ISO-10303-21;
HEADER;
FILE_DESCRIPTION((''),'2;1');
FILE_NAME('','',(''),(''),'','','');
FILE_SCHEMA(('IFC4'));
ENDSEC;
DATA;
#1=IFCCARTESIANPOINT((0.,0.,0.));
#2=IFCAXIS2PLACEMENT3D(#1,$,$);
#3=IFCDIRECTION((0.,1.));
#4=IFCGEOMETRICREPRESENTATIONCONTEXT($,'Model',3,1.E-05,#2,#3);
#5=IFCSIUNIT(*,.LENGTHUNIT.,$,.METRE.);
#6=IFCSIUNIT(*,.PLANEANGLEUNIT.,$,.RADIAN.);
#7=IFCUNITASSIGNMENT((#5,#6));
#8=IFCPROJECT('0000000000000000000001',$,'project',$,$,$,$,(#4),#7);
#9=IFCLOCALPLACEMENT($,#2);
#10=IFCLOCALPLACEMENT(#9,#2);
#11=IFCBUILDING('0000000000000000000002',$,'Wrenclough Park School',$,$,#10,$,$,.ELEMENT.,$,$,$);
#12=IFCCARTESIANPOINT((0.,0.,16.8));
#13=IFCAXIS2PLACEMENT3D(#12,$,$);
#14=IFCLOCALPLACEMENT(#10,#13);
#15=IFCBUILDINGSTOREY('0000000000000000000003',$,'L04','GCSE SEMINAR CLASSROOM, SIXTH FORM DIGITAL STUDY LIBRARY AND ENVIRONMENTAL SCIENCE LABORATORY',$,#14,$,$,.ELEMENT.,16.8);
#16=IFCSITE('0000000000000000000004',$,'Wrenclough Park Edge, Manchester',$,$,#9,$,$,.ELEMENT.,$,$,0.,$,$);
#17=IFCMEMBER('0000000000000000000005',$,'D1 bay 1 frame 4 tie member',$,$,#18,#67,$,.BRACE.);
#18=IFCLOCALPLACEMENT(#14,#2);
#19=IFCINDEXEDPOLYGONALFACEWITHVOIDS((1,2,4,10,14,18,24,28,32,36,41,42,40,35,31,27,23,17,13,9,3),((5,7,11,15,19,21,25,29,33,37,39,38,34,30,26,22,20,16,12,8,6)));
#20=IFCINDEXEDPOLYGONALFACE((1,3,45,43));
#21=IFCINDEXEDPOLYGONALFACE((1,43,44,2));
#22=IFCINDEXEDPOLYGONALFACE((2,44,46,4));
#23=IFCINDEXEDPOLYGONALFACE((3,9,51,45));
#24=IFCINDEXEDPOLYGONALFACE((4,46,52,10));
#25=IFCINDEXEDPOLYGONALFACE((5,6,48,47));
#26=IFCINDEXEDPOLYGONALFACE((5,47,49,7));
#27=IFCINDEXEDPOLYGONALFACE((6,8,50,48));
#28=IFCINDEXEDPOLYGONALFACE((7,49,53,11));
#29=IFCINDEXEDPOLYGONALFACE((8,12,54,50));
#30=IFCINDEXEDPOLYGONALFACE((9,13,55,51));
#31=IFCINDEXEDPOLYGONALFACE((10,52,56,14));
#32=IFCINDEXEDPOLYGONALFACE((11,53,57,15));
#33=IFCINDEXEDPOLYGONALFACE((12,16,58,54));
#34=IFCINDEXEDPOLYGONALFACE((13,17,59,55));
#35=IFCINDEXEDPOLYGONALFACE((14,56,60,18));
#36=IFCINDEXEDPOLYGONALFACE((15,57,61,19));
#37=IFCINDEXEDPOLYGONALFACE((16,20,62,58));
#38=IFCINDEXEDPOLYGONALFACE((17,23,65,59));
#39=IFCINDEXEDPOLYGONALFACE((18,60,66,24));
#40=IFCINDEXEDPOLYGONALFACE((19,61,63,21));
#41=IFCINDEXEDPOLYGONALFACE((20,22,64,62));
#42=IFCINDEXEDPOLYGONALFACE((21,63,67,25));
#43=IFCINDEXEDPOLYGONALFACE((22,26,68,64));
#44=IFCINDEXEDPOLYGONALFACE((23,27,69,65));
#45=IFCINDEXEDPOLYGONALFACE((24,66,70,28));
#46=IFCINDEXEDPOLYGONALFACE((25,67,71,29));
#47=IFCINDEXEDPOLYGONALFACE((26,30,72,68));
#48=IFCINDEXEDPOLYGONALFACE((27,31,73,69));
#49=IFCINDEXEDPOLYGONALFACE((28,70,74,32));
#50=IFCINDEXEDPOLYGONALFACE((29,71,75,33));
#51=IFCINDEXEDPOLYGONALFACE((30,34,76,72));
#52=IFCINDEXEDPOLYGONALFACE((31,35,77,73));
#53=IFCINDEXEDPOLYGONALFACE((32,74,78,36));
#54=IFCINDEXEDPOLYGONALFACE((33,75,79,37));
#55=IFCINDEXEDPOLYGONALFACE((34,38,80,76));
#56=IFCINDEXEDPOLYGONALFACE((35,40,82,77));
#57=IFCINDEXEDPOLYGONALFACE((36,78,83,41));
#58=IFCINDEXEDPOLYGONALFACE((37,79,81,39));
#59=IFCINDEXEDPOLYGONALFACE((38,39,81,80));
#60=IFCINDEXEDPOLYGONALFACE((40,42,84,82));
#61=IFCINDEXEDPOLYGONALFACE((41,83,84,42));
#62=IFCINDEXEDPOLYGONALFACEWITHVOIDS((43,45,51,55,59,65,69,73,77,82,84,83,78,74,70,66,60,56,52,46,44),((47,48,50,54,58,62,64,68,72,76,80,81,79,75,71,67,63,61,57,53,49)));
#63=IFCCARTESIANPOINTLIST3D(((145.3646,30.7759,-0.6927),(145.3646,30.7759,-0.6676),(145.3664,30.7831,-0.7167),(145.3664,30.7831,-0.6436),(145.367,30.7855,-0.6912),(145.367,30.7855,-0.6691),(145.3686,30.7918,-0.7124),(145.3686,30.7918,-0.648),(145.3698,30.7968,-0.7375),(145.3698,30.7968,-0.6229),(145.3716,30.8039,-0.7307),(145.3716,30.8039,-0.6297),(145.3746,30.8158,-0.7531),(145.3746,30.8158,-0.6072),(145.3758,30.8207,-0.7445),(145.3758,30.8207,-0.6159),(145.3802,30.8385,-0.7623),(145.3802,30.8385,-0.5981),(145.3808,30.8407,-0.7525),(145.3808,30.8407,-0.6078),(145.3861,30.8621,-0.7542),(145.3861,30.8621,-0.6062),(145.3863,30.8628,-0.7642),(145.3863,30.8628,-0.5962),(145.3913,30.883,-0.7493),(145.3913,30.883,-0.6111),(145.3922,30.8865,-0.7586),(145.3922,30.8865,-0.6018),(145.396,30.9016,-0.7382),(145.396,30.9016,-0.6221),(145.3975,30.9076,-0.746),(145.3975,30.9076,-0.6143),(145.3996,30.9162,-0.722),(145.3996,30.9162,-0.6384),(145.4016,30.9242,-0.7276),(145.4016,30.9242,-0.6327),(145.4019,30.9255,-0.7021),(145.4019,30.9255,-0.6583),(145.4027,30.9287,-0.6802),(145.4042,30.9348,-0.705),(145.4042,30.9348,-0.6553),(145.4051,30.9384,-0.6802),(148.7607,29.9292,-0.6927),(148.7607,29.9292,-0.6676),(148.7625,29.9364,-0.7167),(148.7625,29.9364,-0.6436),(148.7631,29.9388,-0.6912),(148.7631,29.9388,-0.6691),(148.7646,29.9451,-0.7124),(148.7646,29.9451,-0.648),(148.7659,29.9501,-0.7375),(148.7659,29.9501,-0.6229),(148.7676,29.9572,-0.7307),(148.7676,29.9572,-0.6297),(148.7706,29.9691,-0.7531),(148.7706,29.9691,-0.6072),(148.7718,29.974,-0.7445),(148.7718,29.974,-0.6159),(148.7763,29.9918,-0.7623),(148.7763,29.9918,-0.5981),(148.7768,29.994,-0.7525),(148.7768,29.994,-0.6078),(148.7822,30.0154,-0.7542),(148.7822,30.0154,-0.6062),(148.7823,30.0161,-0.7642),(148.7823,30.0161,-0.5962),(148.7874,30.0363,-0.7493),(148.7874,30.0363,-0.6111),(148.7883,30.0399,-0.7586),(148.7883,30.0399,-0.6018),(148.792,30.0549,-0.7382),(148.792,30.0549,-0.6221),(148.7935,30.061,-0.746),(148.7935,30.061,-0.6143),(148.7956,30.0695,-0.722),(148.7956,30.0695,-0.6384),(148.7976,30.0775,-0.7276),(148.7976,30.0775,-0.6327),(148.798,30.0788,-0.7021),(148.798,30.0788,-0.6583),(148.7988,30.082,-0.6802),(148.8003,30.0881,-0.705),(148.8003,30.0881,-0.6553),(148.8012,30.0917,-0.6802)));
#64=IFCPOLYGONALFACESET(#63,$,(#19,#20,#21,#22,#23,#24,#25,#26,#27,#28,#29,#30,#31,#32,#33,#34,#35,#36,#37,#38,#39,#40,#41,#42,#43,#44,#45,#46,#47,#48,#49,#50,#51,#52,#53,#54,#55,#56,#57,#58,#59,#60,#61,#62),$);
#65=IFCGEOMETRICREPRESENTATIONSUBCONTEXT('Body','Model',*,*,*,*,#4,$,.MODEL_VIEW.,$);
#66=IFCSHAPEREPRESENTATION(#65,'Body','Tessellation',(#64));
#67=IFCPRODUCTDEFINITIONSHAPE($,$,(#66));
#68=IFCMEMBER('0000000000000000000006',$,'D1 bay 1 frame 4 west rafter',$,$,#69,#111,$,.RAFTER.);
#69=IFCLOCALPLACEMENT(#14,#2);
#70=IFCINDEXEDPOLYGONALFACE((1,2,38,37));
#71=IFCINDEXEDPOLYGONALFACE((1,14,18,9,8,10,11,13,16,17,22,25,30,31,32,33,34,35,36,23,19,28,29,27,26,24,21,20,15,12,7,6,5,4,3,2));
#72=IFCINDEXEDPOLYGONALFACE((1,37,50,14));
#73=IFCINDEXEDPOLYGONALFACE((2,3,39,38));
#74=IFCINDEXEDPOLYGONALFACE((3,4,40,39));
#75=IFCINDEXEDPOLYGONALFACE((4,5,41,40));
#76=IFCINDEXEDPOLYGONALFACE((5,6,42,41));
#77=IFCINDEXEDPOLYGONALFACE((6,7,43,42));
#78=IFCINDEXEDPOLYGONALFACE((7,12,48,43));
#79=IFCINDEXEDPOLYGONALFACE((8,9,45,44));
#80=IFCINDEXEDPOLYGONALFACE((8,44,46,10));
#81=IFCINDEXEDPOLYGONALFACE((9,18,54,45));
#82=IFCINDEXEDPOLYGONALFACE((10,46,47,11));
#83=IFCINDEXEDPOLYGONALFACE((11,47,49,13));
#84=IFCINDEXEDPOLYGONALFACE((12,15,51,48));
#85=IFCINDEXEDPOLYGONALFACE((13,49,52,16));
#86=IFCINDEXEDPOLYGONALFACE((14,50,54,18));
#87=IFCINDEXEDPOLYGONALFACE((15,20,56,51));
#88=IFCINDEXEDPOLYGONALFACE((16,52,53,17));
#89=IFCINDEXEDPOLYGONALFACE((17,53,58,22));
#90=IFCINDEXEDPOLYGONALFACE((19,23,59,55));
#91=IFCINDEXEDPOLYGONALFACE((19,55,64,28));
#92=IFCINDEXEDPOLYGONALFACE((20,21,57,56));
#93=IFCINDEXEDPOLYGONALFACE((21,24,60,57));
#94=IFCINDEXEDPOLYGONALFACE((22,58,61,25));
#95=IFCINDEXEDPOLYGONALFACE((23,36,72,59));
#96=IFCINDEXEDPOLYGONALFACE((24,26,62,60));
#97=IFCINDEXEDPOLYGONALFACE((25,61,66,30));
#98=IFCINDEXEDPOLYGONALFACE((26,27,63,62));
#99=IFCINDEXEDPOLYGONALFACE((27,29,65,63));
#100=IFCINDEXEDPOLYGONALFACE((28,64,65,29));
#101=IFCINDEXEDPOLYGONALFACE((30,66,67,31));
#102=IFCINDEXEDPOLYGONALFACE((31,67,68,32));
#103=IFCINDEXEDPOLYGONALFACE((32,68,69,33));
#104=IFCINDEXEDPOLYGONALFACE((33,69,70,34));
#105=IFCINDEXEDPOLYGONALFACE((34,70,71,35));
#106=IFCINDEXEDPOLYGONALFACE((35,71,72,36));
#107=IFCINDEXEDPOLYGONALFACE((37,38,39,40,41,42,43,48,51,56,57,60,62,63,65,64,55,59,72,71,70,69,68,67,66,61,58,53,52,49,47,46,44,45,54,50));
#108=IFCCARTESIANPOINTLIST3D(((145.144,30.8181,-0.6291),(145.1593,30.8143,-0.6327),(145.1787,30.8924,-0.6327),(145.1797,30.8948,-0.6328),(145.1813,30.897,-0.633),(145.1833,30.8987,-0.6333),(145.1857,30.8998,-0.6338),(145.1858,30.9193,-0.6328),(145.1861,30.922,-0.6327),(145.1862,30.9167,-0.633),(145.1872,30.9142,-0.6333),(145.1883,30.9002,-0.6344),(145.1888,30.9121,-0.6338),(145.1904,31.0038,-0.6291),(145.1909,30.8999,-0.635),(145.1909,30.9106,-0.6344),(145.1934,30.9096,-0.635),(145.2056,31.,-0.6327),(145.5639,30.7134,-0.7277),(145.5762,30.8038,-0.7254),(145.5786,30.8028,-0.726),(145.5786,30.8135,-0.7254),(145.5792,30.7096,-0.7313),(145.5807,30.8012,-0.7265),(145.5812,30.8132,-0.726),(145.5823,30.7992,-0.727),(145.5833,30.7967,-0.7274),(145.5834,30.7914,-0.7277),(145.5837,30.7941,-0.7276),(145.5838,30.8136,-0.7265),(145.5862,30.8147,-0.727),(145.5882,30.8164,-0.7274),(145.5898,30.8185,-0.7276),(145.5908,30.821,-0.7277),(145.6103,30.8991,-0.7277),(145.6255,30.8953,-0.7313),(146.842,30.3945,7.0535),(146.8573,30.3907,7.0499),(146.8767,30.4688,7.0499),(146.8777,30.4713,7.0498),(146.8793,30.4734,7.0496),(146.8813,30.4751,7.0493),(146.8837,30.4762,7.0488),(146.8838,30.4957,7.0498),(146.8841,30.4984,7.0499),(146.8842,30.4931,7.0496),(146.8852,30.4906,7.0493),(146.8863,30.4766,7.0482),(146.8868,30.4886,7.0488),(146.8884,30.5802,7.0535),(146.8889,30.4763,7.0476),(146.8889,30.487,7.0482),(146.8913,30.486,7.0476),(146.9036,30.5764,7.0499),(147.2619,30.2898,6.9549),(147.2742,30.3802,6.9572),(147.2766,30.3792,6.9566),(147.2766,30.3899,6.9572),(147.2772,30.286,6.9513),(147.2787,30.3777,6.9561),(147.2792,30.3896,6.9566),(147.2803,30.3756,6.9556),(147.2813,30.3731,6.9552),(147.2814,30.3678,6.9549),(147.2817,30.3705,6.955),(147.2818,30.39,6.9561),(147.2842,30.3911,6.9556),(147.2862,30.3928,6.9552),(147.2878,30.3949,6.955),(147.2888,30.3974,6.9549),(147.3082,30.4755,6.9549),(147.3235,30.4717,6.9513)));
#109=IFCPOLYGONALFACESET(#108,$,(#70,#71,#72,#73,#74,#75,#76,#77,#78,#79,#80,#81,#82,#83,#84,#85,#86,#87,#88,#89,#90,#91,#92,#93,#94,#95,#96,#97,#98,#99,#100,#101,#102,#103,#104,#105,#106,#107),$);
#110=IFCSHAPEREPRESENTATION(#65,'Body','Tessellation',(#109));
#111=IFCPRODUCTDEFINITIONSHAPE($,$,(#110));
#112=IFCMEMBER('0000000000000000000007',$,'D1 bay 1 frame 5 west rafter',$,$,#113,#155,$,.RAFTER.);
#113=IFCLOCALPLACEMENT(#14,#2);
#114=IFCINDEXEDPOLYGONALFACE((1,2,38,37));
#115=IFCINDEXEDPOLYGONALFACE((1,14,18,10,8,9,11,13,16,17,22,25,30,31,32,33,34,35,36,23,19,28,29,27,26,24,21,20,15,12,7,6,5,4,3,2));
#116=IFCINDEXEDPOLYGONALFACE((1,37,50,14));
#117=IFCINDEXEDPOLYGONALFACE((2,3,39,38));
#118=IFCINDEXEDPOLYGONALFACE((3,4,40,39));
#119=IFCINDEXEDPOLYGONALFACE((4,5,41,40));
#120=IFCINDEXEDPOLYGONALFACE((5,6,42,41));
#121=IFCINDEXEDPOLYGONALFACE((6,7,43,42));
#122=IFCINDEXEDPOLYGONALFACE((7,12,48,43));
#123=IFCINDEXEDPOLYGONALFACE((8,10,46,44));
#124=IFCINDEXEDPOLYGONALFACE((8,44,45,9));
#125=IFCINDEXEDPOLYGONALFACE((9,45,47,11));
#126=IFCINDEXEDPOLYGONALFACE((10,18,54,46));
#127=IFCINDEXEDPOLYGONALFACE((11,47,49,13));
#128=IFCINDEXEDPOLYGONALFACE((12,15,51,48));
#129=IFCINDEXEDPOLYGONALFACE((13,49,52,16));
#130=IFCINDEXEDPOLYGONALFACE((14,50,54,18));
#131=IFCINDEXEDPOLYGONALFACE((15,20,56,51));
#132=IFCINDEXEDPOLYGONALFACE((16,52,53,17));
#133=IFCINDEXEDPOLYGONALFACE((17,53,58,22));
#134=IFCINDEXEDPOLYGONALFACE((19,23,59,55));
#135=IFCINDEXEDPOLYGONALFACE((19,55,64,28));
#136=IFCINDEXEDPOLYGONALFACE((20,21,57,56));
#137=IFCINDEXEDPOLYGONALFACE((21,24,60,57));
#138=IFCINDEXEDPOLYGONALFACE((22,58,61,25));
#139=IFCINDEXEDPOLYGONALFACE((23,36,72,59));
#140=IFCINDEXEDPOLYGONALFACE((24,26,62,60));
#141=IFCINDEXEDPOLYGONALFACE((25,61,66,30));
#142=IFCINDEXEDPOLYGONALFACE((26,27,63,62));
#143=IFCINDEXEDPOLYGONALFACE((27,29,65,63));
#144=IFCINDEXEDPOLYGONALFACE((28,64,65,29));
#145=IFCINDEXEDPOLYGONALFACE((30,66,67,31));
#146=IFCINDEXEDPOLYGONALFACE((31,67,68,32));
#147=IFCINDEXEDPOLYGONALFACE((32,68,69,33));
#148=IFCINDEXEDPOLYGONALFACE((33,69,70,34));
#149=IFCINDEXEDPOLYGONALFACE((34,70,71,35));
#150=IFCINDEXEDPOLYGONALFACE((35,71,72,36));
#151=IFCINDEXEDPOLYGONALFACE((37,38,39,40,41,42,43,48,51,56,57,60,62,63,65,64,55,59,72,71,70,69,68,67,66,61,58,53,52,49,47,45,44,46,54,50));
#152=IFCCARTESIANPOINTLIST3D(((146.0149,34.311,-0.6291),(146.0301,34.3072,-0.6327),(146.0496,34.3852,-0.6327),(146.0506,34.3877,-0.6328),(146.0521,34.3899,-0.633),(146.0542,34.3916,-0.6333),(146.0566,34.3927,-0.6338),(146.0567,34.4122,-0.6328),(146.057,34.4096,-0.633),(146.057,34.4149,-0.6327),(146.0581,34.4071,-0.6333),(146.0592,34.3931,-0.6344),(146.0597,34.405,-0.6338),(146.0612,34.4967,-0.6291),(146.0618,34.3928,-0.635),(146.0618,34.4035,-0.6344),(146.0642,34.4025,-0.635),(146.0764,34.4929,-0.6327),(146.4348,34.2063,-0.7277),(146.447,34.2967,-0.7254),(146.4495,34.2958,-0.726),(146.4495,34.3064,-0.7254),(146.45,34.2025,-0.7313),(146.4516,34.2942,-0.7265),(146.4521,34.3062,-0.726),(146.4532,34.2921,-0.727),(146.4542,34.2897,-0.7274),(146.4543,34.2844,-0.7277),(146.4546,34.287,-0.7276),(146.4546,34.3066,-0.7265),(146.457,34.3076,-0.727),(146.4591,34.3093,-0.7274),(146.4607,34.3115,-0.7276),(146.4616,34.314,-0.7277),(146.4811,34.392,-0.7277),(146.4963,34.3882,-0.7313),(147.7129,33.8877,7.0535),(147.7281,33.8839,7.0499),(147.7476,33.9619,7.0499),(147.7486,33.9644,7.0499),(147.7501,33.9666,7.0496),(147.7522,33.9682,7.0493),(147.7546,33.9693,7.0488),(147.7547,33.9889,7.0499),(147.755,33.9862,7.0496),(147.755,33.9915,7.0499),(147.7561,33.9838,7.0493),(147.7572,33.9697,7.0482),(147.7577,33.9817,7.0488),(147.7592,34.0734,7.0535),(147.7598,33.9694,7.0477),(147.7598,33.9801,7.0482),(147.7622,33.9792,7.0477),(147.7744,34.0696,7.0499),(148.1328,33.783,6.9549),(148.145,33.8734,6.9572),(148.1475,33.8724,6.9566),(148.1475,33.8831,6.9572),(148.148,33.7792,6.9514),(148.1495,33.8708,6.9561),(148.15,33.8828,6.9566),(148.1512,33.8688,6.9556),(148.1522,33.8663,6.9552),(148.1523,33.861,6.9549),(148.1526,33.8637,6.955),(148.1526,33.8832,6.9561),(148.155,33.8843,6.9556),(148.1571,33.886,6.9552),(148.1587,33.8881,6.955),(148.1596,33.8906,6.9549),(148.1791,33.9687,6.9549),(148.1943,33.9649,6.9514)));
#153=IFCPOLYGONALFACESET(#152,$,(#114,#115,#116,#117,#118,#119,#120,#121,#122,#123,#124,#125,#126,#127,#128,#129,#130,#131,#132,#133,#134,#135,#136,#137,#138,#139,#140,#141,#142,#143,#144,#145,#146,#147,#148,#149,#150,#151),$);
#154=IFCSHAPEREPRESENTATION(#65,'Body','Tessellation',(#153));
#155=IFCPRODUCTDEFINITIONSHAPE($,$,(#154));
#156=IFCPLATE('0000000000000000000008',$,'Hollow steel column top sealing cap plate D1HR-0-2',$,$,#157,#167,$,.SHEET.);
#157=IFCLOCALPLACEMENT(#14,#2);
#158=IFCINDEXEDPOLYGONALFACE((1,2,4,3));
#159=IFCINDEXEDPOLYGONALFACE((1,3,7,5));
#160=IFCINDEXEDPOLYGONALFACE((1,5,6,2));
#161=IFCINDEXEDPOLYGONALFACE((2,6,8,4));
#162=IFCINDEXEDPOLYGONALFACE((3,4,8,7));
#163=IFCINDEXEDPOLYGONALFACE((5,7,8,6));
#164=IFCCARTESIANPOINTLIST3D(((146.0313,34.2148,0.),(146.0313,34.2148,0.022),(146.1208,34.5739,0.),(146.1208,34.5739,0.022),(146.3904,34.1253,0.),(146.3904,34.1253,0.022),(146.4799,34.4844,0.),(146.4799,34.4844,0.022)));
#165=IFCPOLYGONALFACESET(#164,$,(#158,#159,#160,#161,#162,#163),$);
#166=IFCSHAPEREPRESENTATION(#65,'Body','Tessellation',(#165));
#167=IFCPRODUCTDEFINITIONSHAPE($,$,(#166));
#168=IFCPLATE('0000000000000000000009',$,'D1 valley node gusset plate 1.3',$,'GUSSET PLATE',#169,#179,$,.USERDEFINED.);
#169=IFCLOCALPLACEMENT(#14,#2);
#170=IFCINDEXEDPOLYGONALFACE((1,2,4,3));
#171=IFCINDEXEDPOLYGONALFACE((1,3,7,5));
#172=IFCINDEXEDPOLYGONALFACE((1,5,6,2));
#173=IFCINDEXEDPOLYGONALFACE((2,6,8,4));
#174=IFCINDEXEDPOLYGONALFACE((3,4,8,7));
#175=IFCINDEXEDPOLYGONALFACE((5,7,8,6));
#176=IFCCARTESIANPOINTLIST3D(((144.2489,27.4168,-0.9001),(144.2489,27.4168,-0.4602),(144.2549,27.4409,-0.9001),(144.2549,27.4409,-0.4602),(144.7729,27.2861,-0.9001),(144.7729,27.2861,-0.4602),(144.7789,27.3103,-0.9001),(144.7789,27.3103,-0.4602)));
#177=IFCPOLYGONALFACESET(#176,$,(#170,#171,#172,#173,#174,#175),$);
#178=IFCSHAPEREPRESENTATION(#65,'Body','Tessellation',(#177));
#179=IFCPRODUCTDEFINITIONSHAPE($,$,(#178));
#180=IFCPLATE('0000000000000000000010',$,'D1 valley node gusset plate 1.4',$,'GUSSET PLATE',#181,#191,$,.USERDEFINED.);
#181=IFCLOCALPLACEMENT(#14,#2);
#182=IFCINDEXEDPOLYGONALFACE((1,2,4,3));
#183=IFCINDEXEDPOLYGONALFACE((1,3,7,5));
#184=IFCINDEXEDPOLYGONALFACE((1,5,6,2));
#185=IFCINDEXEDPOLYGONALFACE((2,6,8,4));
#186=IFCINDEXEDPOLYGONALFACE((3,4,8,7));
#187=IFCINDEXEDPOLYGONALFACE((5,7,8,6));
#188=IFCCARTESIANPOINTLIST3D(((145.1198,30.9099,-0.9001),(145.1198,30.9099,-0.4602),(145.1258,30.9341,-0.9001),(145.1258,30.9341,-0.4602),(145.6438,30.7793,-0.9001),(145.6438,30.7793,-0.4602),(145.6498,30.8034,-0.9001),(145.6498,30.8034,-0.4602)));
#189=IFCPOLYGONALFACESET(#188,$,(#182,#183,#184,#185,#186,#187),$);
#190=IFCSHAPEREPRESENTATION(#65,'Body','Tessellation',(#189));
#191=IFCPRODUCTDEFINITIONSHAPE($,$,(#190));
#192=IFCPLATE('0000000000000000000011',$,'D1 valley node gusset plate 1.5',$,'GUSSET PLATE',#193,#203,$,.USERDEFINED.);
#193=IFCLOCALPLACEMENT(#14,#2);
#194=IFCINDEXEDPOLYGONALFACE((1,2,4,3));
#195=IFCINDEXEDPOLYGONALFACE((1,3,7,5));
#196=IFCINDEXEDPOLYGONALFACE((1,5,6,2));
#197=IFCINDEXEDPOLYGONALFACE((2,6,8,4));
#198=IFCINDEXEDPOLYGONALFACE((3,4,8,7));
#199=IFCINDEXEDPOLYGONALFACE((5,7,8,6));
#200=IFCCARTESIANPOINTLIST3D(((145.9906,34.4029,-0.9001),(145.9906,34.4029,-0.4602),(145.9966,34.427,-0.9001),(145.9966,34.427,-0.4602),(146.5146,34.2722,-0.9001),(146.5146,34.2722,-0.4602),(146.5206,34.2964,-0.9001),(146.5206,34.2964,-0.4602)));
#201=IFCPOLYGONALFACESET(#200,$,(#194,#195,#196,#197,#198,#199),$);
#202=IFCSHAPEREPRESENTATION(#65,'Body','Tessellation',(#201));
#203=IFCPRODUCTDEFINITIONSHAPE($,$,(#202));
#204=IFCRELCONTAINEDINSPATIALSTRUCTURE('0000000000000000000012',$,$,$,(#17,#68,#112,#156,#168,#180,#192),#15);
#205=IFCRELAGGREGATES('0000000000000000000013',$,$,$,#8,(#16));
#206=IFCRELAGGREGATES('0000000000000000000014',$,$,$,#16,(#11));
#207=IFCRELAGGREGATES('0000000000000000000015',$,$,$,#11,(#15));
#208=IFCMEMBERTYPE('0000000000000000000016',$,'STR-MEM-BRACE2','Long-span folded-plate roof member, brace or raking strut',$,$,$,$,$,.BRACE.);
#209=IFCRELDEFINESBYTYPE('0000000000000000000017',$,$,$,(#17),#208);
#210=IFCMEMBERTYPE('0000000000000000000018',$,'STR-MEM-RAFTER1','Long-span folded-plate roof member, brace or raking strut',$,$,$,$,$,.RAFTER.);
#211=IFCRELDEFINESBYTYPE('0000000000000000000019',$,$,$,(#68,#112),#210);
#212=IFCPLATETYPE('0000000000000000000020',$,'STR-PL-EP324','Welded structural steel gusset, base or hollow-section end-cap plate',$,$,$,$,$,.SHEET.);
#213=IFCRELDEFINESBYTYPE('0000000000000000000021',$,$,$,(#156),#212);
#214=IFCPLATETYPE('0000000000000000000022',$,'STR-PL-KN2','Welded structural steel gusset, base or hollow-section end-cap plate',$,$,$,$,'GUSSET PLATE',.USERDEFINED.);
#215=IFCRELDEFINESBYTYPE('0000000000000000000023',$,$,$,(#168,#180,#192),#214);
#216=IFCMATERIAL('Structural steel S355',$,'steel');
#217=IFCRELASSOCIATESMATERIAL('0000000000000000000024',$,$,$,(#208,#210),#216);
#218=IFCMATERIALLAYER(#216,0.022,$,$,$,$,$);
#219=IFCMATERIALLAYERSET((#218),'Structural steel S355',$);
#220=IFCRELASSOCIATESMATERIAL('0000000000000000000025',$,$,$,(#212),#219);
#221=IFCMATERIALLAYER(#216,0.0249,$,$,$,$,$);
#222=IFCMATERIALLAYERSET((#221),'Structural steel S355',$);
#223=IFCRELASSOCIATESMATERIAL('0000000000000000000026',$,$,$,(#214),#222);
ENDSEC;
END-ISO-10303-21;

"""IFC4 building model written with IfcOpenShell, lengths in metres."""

from ifc_helpers import new_model, si_unit, direction, frame, origin, origin_2d, place, context, subcontext, project, spatial, rectangle, hollow_circle, i_section, extrude, material, layer, layer_set, material_profile, profile_set, type_object, element, save


model = new_model("IFC4")

# Units and contexts
model_context = context("Model", 3, precision=1e-05, world=origin(), true_north=direction((0.0, 1.0)))
body_context = subcontext(model_context, "Body", "Model", "MODEL_VIEW")
ifc_project = project(units=[si_unit("LENGTHUNIT", "METRE"), si_unit("PLANEANGLEUNIT", "RADIAN")], contexts=[model_context])

# Site, building, storey
site_placement = place(None, origin())
site = spatial("IfcSite", under=ifc_project, at=site_placement, Name="Wrenclough Park Edge, Manchester", CompositionType="ELEMENT", RefElevation=0.0)
building_placement = place(site_placement, origin())
building = spatial("IfcBuilding", under=site, at=building_placement, Name="Wrenclough Park School", CompositionType="ELEMENT")
storey_placement = place(building_placement, frame((0.0, 0.0, 16.8)))
storey = spatial("IfcBuildingStorey", under=building, at=storey_placement, Name="L04", Description="GCSE SEMINAR CLASSROOM, SIXTH FORM DIGITAL STUDY LIBRARY AND ENVIRONMENTAL SCIENCE LABORATORY", CompositionType="ELEMENT", Elevation=16.8)

# Shared definitions
ifc_material_1 = material(Name="Structural steel S355", Category="steel")

# Members
ifc_material_profile_1 = material_profile(ifc_material_1, hollow_circle(Radius=0.0842, WallThickness=0.01, at=origin_2d()), Name="CHS 168.3x10.0")
ifc_profile_set_1 = profile_set([ifc_material_profile_1], Name="Structural steel S355")
member_type_1 = type_object("IfcMemberType", Name="STR-MEM-BRACE2", Description="Long-span folded-plate roof member, brace or raking strut", PredefinedType="BRACE", material=ifc_profile_set_1)
member_placement = place(storey_placement, frame((145.3848, 30.8567, -0.6802), z_axis=(0.970298, -0.241912, 0.0), x_axis=(0.241912, 0.970298, 0.0)))
element("IfcMember", 1, at=member_placement, inside=storey, type_object=member_type_1, Name="D1 bay 1 frame 4 tie member", PredefinedType="BRACE", context=body_context, shape_type="SweptSolid", body=[
    extrude(hollow_circle(Radius=0.0842, WallThickness=0.01, at=origin_2d()), origin(), (0.0, 0.0, 1.0), 3.5),
])
ifc_material_profile_2 = material_profile(ifc_material_1, i_section(OverallWidth=0.1914, OverallDepth=0.46, WebThickness=0.01, FlangeThickness=0.0161, FilletRadius=0.0103, at=origin_2d()), Name="UKB 457x191x82")
ifc_profile_set_2 = profile_set([ifc_material_profile_2], Name="Structural steel S355")
member_type_2 = type_object("IfcMemberType", Name="STR-MEM-RAFTER1", Description="Long-span folded-plate roof member, brace or raking strut", PredefinedType="RAFTER", material=ifc_profile_set_2)
for number, where, z_axis, x_axis, name in (
    (2, (145.3848, 30.8567, -0.6802), (0.215498, -0.053758, 0.975023), (0.242043, 0.970265, 0.0), "D1 bay 1 frame 4 west rafter"),
    (3, (146.2556, 34.3496, -0.6802), (0.215498, -0.053727, 0.975025), (0.241912, 0.970298, 0.0), "D1 bay 1 frame 5 west rafter"),
):
    element("IfcMember", number, at=place(storey_placement, frame(where, z_axis=z_axis, x_axis=x_axis)), inside=storey, type_object=member_type_2, Name=name, PredefinedType="RAFTER", context=body_context, shape_type="SweptSolid", body=[
        extrude(i_section(OverallWidth=0.1914, OverallDepth=0.46, WebThickness=0.01, FlangeThickness=0.0161, FilletRadius=0.0103, at=origin_2d()), origin(), (0.0, 0.0, 1.0), 7.8794),
    ])

# Plates
ifc_layer_1 = layer(ifc_material_1, 0.022)
ifc_layer_set_1 = layer_set([ifc_layer_1], Name="Structural steel S355")
plate_type_1 = type_object("IfcPlateType", Name="STR-PL-EP324", Description="Welded structural steel gusset, base or hollow-section end-cap plate", PredefinedType="SHEET", material=ifc_layer_set_1)
plate_placement = place(storey_placement, frame((146.2556, 34.3496, 0.0), z_axis=(0.0, 0.0, 1.0), x_axis=(0.970296, -0.241922, 0.0)))
element("IfcPlate", 4, at=plate_placement, inside=storey, type_object=plate_type_1, Name="Hollow steel column top sealing cap plate D1HR-0-2", PredefinedType="SHEET", context=body_context, shape_type="SweptSolid", body=[
    extrude(rectangle(XDim=0.3701, YDim=0.3701, at=origin_2d()), origin(), (0.0, 0.0, 1.0), 0.022),
])
ifc_layer_2 = layer(ifc_material_1, 0.0249)
ifc_layer_set_2 = layer_set([ifc_layer_2], Name="Structural steel S355")
plate_type_2 = type_object("IfcPlateType", Name="STR-PL-KN2", Description="Welded structural steel gusset, base or hollow-section end-cap plate", ElementType="GUSSET PLATE", PredefinedType="USERDEFINED", material=ifc_layer_set_2)
for number, where, z_axis, x_axis, name in (
    (5, (144.5139, 27.3635, -0.9001), (0.0, 0.0, 1.0), (0.970296, -0.241922, 0.0), "D1 valley node gusset plate 1.3"),
    (6, (145.3848, 30.8567, -0.9001), (0.0, 0.0, 1.0), (0.970296, -0.241922, 0.0), "D1 valley node gusset plate 1.4"),
    (7, (146.2556, 34.3496, -0.9001), (0.0, 0.0, 1.0), (0.970296, -0.241922, 0.0), "D1 valley node gusset plate 1.5"),
):
    element("IfcPlate", number, at=place(storey_placement, frame(where, z_axis=z_axis, x_axis=x_axis)), inside=storey, type_object=plate_type_2, Name=name, ObjectType="GUSSET PLATE", PredefinedType="USERDEFINED", context=body_context, shape_type="SweptSolid", body=[
        extrude(rectangle(XDim=0.54, YDim=0.0249, at=origin_2d()), origin(), (0.0, 0.0, 1.0), 0.4399),
    ])

save(model, "model.ifc")
